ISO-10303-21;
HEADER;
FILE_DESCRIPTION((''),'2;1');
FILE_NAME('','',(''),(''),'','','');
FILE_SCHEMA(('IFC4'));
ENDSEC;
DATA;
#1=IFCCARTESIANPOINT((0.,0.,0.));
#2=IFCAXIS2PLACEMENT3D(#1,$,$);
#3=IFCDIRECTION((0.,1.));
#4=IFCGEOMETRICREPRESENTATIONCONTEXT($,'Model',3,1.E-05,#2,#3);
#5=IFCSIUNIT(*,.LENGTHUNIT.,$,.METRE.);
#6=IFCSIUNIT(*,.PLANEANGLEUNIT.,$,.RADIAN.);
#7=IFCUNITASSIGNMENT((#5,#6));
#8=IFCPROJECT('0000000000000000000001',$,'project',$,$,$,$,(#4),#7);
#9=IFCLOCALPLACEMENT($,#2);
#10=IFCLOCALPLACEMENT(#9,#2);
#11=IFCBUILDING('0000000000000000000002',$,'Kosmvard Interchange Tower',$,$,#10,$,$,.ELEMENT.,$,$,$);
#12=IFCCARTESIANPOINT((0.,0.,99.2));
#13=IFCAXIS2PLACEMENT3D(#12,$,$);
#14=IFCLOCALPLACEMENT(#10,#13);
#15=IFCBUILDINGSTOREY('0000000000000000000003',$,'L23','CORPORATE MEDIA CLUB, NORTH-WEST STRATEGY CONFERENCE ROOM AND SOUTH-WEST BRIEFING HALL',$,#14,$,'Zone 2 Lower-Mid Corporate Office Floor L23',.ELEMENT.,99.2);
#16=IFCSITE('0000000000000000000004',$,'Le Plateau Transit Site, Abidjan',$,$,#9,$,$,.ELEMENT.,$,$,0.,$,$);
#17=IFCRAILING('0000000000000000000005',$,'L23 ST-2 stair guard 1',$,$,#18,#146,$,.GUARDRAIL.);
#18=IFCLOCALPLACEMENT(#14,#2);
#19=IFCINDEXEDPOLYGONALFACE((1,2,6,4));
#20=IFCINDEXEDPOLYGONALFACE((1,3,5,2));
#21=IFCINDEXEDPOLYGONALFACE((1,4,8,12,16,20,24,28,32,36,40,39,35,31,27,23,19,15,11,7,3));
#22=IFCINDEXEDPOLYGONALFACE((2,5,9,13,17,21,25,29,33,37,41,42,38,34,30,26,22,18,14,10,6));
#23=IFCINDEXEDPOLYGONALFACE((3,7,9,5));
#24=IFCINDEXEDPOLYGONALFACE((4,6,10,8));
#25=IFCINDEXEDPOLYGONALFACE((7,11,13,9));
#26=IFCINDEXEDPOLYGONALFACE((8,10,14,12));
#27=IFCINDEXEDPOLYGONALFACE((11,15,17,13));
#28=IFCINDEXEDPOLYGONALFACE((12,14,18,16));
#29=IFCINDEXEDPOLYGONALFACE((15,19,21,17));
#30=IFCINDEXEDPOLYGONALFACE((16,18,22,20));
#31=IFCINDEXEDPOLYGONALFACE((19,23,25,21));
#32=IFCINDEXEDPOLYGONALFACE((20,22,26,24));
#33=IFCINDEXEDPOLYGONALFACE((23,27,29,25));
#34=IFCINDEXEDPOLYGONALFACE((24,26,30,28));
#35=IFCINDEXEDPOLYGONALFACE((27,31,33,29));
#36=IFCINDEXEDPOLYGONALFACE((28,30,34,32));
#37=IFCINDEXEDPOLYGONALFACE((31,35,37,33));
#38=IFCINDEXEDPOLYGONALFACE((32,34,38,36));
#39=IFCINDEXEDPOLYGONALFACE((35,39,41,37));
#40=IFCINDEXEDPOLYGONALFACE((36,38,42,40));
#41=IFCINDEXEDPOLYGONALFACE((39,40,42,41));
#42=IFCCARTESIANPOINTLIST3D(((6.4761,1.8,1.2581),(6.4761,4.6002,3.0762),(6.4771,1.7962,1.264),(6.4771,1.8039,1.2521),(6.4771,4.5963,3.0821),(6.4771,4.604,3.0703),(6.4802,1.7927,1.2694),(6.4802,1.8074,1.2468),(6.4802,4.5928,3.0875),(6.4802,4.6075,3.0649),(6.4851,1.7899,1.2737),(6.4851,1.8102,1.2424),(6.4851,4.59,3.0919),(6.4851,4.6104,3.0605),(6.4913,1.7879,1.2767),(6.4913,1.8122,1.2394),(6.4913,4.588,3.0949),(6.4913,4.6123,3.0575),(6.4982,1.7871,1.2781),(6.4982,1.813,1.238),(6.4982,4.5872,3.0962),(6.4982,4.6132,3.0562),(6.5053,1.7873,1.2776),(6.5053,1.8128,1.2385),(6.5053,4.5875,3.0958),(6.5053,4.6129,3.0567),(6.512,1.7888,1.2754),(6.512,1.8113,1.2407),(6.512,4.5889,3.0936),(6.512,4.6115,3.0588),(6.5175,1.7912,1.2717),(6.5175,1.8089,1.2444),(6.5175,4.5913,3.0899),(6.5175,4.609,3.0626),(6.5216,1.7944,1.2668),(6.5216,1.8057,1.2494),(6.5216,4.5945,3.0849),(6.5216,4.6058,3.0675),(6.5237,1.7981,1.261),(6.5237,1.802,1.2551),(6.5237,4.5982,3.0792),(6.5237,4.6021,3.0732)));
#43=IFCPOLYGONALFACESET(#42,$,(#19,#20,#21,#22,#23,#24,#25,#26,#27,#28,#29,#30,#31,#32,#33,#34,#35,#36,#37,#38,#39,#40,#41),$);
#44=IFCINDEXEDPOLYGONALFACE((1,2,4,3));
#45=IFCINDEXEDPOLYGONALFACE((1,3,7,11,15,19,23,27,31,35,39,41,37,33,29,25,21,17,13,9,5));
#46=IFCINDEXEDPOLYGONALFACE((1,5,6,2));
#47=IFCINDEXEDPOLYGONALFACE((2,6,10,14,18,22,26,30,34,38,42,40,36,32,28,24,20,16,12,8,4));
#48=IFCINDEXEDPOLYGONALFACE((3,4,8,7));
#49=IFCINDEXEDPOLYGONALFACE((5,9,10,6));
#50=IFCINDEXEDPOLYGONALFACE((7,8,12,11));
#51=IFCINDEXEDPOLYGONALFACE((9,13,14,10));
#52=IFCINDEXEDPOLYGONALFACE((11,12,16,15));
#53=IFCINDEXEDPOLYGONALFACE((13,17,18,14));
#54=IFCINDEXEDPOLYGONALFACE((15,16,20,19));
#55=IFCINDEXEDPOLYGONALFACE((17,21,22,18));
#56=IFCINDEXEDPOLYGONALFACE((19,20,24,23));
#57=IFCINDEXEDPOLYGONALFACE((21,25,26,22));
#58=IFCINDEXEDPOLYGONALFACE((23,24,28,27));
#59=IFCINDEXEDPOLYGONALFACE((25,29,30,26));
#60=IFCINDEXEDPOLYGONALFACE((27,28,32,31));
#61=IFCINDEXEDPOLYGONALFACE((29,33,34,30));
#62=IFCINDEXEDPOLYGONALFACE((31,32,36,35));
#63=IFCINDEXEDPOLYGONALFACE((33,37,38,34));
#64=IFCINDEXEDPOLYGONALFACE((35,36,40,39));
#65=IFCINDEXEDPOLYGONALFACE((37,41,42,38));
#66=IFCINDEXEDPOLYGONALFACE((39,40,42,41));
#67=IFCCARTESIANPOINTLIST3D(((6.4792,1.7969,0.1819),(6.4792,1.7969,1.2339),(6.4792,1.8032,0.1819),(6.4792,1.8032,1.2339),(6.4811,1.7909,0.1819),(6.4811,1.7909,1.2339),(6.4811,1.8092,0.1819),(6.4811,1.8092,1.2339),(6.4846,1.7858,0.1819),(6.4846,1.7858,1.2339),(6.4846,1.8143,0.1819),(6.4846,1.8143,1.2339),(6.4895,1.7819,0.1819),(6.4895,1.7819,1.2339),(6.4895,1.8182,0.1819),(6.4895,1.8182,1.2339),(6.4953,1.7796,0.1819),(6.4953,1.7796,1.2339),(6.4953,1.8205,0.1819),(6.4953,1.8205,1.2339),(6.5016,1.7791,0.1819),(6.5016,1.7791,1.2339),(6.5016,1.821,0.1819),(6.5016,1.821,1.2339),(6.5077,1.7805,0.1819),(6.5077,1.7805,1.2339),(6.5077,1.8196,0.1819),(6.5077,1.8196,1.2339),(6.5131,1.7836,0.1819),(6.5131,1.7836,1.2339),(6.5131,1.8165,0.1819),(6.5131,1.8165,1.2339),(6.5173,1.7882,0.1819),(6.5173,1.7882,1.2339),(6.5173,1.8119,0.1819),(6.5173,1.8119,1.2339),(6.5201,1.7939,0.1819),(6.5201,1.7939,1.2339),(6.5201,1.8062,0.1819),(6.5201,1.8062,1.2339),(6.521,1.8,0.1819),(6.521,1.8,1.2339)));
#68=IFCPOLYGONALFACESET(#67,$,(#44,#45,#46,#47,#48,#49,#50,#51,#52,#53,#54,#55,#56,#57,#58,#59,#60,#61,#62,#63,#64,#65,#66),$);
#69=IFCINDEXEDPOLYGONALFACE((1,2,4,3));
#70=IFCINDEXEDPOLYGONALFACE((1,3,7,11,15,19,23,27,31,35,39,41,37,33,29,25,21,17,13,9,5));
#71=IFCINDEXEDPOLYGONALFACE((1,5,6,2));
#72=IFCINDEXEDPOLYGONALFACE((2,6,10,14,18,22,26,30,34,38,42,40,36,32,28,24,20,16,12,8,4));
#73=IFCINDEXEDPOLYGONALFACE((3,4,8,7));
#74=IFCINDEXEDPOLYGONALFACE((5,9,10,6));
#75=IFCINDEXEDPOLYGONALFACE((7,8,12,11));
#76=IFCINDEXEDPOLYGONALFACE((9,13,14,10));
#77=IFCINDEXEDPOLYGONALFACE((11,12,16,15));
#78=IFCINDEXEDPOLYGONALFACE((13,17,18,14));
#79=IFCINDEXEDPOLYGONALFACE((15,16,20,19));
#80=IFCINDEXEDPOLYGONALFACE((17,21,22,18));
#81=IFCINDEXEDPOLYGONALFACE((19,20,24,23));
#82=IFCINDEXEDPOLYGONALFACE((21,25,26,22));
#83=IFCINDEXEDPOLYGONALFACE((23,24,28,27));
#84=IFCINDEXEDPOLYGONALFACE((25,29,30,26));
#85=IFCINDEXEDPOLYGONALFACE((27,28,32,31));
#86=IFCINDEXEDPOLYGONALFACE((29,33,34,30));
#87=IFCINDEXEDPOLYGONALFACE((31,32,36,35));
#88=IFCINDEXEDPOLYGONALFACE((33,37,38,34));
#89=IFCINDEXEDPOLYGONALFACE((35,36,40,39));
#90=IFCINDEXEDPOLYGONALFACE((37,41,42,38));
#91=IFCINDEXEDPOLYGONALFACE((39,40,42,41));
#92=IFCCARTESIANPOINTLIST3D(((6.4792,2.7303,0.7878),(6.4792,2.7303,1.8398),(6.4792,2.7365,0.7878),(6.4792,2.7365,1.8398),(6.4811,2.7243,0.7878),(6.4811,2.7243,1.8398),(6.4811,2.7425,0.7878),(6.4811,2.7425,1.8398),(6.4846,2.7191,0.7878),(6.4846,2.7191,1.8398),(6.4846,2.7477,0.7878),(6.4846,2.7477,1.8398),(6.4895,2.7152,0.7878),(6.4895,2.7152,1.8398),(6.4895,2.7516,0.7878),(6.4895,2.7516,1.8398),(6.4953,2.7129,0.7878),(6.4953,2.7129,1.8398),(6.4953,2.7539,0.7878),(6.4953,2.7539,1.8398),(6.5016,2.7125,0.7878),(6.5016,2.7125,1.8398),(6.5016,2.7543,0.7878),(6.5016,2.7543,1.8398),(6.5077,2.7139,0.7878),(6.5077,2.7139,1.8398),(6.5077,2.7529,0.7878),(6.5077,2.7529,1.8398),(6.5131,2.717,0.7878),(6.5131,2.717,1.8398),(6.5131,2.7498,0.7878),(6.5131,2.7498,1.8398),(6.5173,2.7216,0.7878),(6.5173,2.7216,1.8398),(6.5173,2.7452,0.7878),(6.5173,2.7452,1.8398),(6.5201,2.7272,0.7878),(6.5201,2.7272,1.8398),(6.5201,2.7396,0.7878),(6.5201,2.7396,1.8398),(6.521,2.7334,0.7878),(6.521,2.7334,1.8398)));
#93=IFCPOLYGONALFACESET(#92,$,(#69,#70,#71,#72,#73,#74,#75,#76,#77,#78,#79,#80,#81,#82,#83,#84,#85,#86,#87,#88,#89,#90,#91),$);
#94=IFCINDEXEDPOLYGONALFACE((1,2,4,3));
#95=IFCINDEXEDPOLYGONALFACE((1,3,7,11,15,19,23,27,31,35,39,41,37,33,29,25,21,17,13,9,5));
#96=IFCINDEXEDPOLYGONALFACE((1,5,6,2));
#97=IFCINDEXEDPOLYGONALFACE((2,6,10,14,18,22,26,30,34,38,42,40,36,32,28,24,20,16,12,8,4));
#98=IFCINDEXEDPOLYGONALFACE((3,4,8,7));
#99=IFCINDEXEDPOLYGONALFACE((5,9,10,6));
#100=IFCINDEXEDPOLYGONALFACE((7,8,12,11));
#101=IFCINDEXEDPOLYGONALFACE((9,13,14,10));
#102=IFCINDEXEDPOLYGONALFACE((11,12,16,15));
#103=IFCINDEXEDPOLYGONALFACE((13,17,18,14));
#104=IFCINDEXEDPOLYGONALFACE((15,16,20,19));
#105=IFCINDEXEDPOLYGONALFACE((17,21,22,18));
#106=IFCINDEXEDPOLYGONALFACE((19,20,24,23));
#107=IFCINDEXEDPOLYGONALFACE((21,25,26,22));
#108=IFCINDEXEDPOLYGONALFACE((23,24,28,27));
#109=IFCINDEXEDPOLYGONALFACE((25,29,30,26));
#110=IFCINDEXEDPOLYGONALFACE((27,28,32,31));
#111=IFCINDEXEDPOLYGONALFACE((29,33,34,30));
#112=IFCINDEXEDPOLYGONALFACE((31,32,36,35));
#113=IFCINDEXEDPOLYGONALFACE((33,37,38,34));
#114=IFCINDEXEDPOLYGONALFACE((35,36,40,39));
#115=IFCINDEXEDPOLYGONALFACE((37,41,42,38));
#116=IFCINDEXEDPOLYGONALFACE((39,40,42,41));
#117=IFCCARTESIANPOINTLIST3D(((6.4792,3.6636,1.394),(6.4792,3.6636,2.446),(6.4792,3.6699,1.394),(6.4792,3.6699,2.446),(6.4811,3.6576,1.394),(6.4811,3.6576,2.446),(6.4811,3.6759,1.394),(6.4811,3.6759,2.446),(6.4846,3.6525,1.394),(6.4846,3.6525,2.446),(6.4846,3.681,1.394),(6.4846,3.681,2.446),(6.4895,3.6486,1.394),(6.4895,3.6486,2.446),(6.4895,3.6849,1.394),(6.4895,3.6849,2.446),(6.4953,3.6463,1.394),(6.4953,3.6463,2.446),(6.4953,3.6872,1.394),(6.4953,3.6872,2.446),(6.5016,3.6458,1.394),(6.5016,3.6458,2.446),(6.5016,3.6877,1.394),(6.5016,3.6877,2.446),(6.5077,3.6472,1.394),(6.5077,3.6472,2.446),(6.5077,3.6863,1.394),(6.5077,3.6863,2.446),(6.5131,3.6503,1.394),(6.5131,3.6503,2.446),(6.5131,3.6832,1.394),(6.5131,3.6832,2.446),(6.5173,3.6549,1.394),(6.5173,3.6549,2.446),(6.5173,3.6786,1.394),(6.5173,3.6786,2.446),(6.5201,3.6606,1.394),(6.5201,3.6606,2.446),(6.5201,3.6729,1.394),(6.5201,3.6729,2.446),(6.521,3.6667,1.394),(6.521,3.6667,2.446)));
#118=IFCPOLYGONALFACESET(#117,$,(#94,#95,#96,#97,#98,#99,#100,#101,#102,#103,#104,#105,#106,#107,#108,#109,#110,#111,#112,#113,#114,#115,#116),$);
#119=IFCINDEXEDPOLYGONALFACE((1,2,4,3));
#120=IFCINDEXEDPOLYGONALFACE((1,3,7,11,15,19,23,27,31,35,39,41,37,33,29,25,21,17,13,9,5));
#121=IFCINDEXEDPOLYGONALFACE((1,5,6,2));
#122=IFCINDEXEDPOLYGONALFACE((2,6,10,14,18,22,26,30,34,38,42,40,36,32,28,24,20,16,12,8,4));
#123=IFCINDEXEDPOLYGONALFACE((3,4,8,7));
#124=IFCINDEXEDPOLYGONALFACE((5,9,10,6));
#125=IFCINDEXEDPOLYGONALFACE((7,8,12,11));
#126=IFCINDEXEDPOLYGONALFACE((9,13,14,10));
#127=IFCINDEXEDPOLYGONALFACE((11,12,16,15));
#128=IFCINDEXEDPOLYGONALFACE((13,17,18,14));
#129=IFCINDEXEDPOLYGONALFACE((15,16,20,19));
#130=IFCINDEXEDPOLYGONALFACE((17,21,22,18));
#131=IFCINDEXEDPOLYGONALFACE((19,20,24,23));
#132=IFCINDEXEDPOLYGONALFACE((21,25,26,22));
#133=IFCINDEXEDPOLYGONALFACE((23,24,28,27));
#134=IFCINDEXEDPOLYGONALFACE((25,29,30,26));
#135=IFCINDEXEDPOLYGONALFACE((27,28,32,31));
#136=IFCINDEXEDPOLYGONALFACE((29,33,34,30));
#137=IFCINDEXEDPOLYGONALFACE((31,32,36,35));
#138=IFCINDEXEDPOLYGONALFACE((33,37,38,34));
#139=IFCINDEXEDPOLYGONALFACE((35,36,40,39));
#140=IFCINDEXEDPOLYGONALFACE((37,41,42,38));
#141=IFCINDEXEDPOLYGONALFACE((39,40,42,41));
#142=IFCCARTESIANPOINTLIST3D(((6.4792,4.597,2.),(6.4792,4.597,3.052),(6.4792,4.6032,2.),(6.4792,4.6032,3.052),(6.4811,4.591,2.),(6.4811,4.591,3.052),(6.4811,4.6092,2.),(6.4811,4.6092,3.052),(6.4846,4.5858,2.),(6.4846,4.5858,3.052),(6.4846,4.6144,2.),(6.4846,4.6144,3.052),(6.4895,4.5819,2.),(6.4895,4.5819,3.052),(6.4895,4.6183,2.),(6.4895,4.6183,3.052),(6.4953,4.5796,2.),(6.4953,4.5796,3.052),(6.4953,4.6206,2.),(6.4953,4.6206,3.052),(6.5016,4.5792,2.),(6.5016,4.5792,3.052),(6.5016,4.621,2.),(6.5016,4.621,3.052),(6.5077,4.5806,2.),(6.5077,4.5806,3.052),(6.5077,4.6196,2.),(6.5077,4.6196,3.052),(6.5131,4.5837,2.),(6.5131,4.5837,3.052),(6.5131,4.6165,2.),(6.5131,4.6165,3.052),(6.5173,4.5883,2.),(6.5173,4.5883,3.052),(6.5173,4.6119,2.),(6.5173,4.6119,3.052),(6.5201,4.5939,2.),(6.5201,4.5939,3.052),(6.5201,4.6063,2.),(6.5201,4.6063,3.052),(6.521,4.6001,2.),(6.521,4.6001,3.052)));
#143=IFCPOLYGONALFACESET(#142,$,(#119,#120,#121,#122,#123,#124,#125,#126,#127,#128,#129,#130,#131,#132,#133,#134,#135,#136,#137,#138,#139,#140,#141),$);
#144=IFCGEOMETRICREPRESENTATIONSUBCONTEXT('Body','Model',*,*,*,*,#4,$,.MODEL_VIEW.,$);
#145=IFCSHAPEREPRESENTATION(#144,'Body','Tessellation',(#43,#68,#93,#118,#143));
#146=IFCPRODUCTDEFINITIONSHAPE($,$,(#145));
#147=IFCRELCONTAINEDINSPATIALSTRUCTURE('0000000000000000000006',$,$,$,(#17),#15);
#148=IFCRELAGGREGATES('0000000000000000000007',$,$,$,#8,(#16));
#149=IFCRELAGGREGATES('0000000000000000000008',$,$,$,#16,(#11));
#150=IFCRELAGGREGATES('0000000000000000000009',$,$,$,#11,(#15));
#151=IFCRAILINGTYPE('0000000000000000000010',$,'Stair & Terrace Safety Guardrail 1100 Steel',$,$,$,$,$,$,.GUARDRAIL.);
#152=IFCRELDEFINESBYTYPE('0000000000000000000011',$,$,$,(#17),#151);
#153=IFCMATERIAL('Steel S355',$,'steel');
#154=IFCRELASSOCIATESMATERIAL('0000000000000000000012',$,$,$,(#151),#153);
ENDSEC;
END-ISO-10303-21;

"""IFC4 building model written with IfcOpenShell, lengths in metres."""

from ifc_helpers import new_model, si_unit, direction, frame, origin, origin_2d, place, context, subcontext, project, spatial, circle, extrude, source, transform, mapped, material, type_object, element, save


model = new_model("IFC4")

# Units and contexts
model_context = context("Model", 3, precision=1e-05, world=origin(), true_north=direction((0.0, 1.0)))
body_context = subcontext(model_context, "Body", "Model", "MODEL_VIEW")
ifc_project = project(units=[si_unit("LENGTHUNIT", "METRE"), si_unit("PLANEANGLEUNIT", "RADIAN")], contexts=[model_context])

# Site, building, storey
site_placement = place(None, origin())
site = spatial("IfcSite", under=ifc_project, at=site_placement, Name="Le Plateau Transit Site, Abidjan", CompositionType="ELEMENT", RefElevation=0.0)
building_placement = place(site_placement, origin())
building = spatial("IfcBuilding", under=site, at=building_placement, Name="Kosmvard Interchange Tower", CompositionType="ELEMENT")
storey_placement = place(building_placement, frame((0.0, 0.0, 99.2)))
storey = spatial("IfcBuildingStorey", under=building, at=storey_placement, Name="L23", Description="CORPORATE MEDIA CLUB, NORTH-WEST STRATEGY CONFERENCE ROOM AND SOUTH-WEST BRIEFING HALL", LongName="Zone 2 Lower-Mid Corporate Office Floor L23", CompositionType="ELEMENT", Elevation=99.2)

# Railing
ifc_material_1 = material(Name="Steel S355", Category="steel")
railing_type_1 = type_object("IfcRailingType", Name="Stair & Terrace Safety Guardrail 1100 Steel", PredefinedType="GUARDRAIL", material=ifc_material_1)
shared_shape_1 = source(origin(), body_context, "Body", "SweptSolid", [
    extrude(circle(Radius=0.0239, at=origin_2d()), frame((0.0, 0.0, 1.0762), z_axis=(0.0, 0.838706, 0.544585), x_axis=(-1.0, 0.0, 0.0)), (0.0, 0.0, 1.0), 3.3386),
    extrude(circle(Radius=0.021, at=origin_2d()), origin(), (0.0, 0.0, 1.0), 1.052),
    extrude(circle(Radius=0.021, at=origin_2d()), frame((0.0, 0.9333, 0.606)), (0.0, 0.0, 1.0), 1.052),
    extrude(circle(Radius=0.021, at=origin_2d()), frame((0.0, 1.8667, 1.2122)), (0.0, 0.0, 1.0), 1.052),
    extrude(circle(Radius=0.021, at=origin_2d()), frame((0.0, 2.8, 1.8181)), (0.0, 0.0, 1.0), 1.052),
])
railing_1_placement = place(storey_placement, frame((6.5, 1.8, 0.1819)))
element("IfcRailing", 1, at=railing_1_placement, inside=storey, type_object=railing_type_1, Name="L23 ST-2 stair guard 1", PredefinedType="GUARDRAIL", context=body_context, shape_type="MappedRepresentation", body=[
    mapped(shared_shape_1, transform((0.0, 0.0, 0.0), scale=1.0)),
])

save(model, "model.ifc")
